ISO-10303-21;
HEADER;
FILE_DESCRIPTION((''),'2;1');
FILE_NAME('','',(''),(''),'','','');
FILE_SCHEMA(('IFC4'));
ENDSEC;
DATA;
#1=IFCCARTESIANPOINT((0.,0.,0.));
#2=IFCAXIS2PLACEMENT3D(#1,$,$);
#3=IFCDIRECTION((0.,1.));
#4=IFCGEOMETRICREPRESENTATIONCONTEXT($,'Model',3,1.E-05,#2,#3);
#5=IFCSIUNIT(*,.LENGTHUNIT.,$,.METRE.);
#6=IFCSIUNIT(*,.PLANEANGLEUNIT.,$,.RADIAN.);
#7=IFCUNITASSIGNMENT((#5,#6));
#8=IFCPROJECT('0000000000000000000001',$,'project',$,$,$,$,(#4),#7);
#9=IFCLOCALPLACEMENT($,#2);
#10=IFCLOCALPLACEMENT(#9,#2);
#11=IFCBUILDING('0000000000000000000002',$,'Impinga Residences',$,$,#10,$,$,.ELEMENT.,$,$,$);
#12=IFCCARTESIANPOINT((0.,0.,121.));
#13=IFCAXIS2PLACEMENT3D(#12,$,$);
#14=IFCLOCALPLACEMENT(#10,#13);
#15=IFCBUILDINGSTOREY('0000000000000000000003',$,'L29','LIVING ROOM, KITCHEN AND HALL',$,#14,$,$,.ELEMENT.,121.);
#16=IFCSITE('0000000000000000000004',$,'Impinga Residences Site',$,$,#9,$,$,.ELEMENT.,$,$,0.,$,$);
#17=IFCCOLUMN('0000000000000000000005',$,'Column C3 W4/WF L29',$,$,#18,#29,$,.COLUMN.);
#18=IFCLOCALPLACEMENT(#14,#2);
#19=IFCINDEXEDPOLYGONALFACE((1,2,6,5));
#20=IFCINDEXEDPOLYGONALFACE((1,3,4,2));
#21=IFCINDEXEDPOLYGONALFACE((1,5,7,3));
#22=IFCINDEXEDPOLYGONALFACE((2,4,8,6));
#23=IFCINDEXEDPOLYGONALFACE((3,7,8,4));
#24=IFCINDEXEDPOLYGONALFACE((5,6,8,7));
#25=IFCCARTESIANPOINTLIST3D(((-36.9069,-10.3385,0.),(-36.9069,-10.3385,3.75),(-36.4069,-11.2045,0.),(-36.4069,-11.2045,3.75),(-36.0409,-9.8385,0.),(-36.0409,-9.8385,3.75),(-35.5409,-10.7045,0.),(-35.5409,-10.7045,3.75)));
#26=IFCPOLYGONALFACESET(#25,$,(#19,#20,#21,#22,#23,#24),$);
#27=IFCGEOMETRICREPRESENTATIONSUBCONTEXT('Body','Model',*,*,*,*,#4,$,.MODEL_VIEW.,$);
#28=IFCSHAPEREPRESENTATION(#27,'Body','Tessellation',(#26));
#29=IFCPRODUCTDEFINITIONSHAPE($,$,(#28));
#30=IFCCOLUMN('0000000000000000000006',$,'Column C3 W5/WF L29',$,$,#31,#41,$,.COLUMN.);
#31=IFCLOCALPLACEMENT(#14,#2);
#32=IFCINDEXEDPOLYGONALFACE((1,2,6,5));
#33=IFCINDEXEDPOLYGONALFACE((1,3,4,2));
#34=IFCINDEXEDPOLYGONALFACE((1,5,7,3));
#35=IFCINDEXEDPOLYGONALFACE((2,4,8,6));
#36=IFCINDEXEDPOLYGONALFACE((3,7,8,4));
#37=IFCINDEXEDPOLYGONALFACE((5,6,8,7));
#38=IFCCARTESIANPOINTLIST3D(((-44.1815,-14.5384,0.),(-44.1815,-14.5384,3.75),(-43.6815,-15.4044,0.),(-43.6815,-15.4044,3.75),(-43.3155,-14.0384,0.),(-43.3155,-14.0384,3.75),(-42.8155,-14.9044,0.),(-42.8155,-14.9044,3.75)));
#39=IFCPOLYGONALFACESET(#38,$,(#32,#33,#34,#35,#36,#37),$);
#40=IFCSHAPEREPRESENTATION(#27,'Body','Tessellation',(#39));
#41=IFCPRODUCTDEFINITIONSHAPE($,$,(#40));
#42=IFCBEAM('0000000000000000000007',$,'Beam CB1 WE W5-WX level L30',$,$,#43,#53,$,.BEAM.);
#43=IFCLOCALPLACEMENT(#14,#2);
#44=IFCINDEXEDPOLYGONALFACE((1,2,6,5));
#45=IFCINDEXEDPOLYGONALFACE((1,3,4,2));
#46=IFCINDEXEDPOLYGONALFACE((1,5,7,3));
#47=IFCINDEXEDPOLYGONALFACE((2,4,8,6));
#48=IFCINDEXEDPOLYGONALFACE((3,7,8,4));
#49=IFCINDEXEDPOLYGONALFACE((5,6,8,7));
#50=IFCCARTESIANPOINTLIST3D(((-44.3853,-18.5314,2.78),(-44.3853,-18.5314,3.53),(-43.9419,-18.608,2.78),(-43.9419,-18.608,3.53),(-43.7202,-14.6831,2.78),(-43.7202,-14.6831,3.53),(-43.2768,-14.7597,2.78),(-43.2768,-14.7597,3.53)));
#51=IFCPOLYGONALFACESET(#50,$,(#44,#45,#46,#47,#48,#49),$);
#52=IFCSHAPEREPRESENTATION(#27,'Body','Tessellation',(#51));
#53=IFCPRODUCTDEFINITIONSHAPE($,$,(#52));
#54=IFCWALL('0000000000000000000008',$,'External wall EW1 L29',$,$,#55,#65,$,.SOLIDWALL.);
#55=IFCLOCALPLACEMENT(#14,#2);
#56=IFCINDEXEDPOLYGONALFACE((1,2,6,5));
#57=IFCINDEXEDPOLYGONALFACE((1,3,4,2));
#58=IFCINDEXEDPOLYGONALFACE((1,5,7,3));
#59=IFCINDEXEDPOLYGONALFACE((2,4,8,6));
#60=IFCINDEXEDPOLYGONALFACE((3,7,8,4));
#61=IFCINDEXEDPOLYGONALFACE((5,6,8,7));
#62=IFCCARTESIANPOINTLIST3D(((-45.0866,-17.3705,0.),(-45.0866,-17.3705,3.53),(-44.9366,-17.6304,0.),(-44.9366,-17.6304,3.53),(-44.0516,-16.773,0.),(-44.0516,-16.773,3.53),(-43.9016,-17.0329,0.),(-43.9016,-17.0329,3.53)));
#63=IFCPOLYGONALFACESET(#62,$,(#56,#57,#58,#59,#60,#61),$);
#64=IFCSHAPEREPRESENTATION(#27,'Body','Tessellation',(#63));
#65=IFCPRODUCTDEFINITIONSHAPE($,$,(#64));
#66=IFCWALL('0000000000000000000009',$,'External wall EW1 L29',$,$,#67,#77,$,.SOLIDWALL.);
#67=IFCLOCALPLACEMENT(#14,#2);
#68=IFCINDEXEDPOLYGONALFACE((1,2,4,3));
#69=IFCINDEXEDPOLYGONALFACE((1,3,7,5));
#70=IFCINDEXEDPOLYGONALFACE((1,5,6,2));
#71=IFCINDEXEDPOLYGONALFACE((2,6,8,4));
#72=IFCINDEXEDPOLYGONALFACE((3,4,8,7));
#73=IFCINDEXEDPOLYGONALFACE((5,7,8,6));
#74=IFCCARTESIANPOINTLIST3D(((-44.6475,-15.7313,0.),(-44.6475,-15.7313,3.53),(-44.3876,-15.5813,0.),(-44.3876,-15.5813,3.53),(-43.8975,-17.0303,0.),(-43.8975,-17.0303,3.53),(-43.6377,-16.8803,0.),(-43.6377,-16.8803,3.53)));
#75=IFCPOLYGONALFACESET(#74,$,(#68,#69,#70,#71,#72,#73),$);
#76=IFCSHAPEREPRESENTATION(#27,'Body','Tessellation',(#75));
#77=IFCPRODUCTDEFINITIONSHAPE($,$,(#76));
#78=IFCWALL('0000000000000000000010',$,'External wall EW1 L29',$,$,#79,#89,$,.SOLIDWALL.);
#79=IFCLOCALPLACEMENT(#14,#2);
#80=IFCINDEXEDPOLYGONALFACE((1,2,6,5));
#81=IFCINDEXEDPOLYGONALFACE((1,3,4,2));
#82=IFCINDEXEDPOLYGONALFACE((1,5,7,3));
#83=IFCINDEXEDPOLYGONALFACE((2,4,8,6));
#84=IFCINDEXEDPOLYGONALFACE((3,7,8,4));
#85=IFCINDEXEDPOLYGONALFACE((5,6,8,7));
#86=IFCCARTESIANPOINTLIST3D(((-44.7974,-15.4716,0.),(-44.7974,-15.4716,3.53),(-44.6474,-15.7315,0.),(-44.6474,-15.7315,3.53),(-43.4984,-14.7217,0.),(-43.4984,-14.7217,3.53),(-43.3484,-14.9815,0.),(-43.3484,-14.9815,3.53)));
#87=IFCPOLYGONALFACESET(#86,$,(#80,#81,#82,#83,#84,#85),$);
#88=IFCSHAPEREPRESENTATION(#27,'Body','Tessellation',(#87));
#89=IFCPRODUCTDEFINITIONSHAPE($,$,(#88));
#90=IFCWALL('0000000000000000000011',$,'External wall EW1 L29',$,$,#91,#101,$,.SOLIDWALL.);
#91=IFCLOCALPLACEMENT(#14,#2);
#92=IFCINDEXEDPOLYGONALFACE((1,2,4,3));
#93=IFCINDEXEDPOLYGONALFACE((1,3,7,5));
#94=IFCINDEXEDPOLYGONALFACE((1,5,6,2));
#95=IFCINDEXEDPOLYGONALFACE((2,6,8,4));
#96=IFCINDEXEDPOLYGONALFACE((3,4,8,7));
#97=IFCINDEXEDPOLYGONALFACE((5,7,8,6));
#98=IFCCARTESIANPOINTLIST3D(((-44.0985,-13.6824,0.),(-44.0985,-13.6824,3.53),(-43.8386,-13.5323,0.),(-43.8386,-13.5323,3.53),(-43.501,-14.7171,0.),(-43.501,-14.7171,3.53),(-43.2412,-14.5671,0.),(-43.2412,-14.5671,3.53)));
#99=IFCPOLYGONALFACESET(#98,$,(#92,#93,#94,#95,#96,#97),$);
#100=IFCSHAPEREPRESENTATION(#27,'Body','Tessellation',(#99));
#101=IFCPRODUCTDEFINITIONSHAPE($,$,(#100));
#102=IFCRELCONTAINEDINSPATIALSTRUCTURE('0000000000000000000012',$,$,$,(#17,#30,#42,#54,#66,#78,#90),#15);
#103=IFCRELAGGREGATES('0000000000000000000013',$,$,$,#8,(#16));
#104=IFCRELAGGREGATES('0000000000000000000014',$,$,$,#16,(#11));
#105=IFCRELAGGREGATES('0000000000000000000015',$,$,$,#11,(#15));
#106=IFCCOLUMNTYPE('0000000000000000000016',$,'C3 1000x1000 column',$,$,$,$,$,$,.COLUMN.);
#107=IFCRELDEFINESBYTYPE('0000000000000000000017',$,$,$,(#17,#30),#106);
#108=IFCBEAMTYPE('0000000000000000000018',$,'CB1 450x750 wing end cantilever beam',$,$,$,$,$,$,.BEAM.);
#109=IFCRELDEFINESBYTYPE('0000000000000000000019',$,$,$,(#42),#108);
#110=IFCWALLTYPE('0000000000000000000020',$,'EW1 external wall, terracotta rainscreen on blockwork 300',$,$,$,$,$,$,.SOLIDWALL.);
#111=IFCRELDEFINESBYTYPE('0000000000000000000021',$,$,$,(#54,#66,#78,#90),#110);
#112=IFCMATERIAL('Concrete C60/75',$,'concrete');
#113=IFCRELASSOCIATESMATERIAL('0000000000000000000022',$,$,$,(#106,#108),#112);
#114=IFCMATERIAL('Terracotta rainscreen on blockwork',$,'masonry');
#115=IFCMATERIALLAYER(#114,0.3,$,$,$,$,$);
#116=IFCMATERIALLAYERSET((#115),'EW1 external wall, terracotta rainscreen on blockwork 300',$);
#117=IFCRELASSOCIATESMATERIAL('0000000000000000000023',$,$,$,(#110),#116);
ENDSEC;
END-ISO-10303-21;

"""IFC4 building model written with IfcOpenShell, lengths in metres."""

from ifc_helpers import new_model, si_unit, direction, frame, frame_2d, origin, origin_2d, place, context, subcontext, project, spatial, rectangle, extrude, material, layer, layer_set, material_profile, profile_set, type_object, element, save


model = new_model("IFC4")

# Units and contexts
model_context = context("Model", 3, precision=1e-05, world=origin(), true_north=direction((0.0, 1.0)))
body_context = subcontext(model_context, "Body", "Model", "MODEL_VIEW")
ifc_project = project(units=[si_unit("LENGTHUNIT", "METRE"), si_unit("PLANEANGLEUNIT", "RADIAN")], contexts=[model_context])

# Site, building, storey
site_placement = place(None, origin())
site = spatial("IfcSite", under=ifc_project, at=site_placement, Name="Impinga Residences Site", CompositionType="ELEMENT", RefElevation=0.0)
building_placement = place(site_placement, origin())
building = spatial("IfcBuilding", under=site, at=building_placement, Name="Impinga Residences", CompositionType="ELEMENT")
storey_placement = place(building_placement, frame((0.0, 0.0, 121.0)))
storey = spatial("IfcBuildingStorey", under=building, at=storey_placement, Name="L29", Description="LIVING ROOM, KITCHEN AND HALL", CompositionType="ELEMENT", Elevation=121.0)

# Columns
ifc_material_1 = material(Name="Concrete C60/75", Category="concrete")
ifc_material_profile_1 = material_profile(ifc_material_1, rectangle(XDim=1.0, YDim=1.0, at=origin_2d()), Name="RC 1000x1000")
ifc_profile_set_1 = profile_set([ifc_material_profile_1], Name="Concrete C60/75")
column_type = type_object("IfcColumnType", Name="C3 1000x1000 column", PredefinedType="COLUMN", material=ifc_profile_set_1)
for number, where, z_axis, x_axis, name in (
    (1, (-36.2239, -10.5215, 0.0), (0.0, 0.0, 1.0), (-0.5, 0.866025, 0.0), "Column C3 W4/WF L29"),
    (2, (-43.4985, -14.7214, 0.0), (0.0, 0.0, 1.0), (-0.5, 0.866025, 0.0), "Column C3 W5/WF L29"),
):
    element("IfcColumn", number, at=place(storey_placement, frame(where, z_axis=z_axis, x_axis=x_axis)), inside=storey, type_object=column_type, Name=name, PredefinedType="COLUMN", context=body_context, shape_type="SweptSolid", body=[
        extrude(rectangle(XDim=1.0, YDim=1.0, at=origin_2d()), origin(), (0.0, 0.0, 1.0), 3.75),
    ])

# Beam
ifc_material_profile_2 = material_profile(ifc_material_1, rectangle(XDim=0.45, YDim=0.75, at=origin_2d()), Name="RC 450x750")
ifc_profile_set_2 = profile_set([ifc_material_profile_2], Name="Concrete C60/75")
beam_type = type_object("IfcBeamType", Name="CB1 450x750 wing end cantilever beam", PredefinedType="BEAM", material=ifc_profile_set_2)
beam_placement = place(storey_placement, frame((-43.4985, -14.7214, 3.155), z_axis=(-0.170296, -0.985393, 0.0), x_axis=(0.985393, -0.170296, 0.0)))
element("IfcBeam", 3, at=beam_placement, inside=storey, type_object=beam_type, Name="Beam CB1 WE W5-WX level L30", PredefinedType="BEAM", context=body_context, shape_type="SweptSolid", body=[
    extrude(rectangle(XDim=0.45, YDim=0.75, at=origin_2d()), origin(), (0.0, 0.0, 1.0), 3.9053),
])

# Walls
ifc_material_2 = material(Name="Terracotta rainscreen on blockwork", Category="masonry")
ifc_layer_1 = layer(ifc_material_2, 0.3)
ifc_layer_set_1 = layer_set([ifc_layer_1], Name="EW1 external wall, terracotta rainscreen on blockwork 300")
wall_type_1 = type_object("IfcWallType", Name="EW1 external wall, terracotta rainscreen on blockwork 300", PredefinedType="SOLIDWALL", material=ifc_layer_set_1)
wall_1_placement = place(storey_placement, frame((-45.0117, -17.5005, 0.0), z_axis=(0.0, 0.0, 1.0), x_axis=(0.86606, 0.499941, 0.0)))
element("IfcWall", 4, at=wall_1_placement, inside=storey, type_object=wall_type_1, Name="External wall EW1 L29", PredefinedType="SOLIDWALL", context=body_context, shape_type="SweptSolid", body=[
    extrude(rectangle(XDim=1.1951, YDim=0.3, at=frame_2d((0.5977, 0.0))), origin(), (0.0, 0.0, 1.0), 3.53),
])
for number, where, z_axis, x_axis, name in (
    (5, (-43.7676, -16.9553, 0.0), (0.0, 0.0, 1.0), (-0.49999, 0.866031, 0.0), "External wall EW1 L29"),
    (6, (-44.7224, -15.6016, 0.0), (0.0, 0.0, 1.0), (0.866031, 0.49999, 0.0), "External wall EW1 L29"),
):
    element("IfcWall", number, at=place(storey_placement, frame(where, z_axis=z_axis, x_axis=x_axis)), inside=storey, type_object=wall_type_1, Name=name, PredefinedType="SOLIDWALL", context=body_context, shape_type="SweptSolid", body=[
        extrude(rectangle(XDim=1.5, YDim=0.3, at=frame_2d((0.75, 0.0))), origin(), (0.0, 0.0, 1.0), 3.53),
    ])
wall_2_placement = place(storey_placement, frame((-43.3711, -14.6421, 0.0), z_axis=(0.0, 0.0, 1.0), x_axis=(-0.500029, 0.866009, 0.0)))
element("IfcWall", 7, at=wall_2_placement, inside=storey, type_object=wall_type_1, Name="External wall EW1 L29", PredefinedType="SOLIDWALL", context=body_context, shape_type="SweptSolid", body=[
    extrude(rectangle(XDim=1.1948, YDim=0.3, at=frame_2d((0.5974, 0.0))), origin(), (0.0, 0.0, 1.0), 3.53),
])

save(model, "model.ifc")
